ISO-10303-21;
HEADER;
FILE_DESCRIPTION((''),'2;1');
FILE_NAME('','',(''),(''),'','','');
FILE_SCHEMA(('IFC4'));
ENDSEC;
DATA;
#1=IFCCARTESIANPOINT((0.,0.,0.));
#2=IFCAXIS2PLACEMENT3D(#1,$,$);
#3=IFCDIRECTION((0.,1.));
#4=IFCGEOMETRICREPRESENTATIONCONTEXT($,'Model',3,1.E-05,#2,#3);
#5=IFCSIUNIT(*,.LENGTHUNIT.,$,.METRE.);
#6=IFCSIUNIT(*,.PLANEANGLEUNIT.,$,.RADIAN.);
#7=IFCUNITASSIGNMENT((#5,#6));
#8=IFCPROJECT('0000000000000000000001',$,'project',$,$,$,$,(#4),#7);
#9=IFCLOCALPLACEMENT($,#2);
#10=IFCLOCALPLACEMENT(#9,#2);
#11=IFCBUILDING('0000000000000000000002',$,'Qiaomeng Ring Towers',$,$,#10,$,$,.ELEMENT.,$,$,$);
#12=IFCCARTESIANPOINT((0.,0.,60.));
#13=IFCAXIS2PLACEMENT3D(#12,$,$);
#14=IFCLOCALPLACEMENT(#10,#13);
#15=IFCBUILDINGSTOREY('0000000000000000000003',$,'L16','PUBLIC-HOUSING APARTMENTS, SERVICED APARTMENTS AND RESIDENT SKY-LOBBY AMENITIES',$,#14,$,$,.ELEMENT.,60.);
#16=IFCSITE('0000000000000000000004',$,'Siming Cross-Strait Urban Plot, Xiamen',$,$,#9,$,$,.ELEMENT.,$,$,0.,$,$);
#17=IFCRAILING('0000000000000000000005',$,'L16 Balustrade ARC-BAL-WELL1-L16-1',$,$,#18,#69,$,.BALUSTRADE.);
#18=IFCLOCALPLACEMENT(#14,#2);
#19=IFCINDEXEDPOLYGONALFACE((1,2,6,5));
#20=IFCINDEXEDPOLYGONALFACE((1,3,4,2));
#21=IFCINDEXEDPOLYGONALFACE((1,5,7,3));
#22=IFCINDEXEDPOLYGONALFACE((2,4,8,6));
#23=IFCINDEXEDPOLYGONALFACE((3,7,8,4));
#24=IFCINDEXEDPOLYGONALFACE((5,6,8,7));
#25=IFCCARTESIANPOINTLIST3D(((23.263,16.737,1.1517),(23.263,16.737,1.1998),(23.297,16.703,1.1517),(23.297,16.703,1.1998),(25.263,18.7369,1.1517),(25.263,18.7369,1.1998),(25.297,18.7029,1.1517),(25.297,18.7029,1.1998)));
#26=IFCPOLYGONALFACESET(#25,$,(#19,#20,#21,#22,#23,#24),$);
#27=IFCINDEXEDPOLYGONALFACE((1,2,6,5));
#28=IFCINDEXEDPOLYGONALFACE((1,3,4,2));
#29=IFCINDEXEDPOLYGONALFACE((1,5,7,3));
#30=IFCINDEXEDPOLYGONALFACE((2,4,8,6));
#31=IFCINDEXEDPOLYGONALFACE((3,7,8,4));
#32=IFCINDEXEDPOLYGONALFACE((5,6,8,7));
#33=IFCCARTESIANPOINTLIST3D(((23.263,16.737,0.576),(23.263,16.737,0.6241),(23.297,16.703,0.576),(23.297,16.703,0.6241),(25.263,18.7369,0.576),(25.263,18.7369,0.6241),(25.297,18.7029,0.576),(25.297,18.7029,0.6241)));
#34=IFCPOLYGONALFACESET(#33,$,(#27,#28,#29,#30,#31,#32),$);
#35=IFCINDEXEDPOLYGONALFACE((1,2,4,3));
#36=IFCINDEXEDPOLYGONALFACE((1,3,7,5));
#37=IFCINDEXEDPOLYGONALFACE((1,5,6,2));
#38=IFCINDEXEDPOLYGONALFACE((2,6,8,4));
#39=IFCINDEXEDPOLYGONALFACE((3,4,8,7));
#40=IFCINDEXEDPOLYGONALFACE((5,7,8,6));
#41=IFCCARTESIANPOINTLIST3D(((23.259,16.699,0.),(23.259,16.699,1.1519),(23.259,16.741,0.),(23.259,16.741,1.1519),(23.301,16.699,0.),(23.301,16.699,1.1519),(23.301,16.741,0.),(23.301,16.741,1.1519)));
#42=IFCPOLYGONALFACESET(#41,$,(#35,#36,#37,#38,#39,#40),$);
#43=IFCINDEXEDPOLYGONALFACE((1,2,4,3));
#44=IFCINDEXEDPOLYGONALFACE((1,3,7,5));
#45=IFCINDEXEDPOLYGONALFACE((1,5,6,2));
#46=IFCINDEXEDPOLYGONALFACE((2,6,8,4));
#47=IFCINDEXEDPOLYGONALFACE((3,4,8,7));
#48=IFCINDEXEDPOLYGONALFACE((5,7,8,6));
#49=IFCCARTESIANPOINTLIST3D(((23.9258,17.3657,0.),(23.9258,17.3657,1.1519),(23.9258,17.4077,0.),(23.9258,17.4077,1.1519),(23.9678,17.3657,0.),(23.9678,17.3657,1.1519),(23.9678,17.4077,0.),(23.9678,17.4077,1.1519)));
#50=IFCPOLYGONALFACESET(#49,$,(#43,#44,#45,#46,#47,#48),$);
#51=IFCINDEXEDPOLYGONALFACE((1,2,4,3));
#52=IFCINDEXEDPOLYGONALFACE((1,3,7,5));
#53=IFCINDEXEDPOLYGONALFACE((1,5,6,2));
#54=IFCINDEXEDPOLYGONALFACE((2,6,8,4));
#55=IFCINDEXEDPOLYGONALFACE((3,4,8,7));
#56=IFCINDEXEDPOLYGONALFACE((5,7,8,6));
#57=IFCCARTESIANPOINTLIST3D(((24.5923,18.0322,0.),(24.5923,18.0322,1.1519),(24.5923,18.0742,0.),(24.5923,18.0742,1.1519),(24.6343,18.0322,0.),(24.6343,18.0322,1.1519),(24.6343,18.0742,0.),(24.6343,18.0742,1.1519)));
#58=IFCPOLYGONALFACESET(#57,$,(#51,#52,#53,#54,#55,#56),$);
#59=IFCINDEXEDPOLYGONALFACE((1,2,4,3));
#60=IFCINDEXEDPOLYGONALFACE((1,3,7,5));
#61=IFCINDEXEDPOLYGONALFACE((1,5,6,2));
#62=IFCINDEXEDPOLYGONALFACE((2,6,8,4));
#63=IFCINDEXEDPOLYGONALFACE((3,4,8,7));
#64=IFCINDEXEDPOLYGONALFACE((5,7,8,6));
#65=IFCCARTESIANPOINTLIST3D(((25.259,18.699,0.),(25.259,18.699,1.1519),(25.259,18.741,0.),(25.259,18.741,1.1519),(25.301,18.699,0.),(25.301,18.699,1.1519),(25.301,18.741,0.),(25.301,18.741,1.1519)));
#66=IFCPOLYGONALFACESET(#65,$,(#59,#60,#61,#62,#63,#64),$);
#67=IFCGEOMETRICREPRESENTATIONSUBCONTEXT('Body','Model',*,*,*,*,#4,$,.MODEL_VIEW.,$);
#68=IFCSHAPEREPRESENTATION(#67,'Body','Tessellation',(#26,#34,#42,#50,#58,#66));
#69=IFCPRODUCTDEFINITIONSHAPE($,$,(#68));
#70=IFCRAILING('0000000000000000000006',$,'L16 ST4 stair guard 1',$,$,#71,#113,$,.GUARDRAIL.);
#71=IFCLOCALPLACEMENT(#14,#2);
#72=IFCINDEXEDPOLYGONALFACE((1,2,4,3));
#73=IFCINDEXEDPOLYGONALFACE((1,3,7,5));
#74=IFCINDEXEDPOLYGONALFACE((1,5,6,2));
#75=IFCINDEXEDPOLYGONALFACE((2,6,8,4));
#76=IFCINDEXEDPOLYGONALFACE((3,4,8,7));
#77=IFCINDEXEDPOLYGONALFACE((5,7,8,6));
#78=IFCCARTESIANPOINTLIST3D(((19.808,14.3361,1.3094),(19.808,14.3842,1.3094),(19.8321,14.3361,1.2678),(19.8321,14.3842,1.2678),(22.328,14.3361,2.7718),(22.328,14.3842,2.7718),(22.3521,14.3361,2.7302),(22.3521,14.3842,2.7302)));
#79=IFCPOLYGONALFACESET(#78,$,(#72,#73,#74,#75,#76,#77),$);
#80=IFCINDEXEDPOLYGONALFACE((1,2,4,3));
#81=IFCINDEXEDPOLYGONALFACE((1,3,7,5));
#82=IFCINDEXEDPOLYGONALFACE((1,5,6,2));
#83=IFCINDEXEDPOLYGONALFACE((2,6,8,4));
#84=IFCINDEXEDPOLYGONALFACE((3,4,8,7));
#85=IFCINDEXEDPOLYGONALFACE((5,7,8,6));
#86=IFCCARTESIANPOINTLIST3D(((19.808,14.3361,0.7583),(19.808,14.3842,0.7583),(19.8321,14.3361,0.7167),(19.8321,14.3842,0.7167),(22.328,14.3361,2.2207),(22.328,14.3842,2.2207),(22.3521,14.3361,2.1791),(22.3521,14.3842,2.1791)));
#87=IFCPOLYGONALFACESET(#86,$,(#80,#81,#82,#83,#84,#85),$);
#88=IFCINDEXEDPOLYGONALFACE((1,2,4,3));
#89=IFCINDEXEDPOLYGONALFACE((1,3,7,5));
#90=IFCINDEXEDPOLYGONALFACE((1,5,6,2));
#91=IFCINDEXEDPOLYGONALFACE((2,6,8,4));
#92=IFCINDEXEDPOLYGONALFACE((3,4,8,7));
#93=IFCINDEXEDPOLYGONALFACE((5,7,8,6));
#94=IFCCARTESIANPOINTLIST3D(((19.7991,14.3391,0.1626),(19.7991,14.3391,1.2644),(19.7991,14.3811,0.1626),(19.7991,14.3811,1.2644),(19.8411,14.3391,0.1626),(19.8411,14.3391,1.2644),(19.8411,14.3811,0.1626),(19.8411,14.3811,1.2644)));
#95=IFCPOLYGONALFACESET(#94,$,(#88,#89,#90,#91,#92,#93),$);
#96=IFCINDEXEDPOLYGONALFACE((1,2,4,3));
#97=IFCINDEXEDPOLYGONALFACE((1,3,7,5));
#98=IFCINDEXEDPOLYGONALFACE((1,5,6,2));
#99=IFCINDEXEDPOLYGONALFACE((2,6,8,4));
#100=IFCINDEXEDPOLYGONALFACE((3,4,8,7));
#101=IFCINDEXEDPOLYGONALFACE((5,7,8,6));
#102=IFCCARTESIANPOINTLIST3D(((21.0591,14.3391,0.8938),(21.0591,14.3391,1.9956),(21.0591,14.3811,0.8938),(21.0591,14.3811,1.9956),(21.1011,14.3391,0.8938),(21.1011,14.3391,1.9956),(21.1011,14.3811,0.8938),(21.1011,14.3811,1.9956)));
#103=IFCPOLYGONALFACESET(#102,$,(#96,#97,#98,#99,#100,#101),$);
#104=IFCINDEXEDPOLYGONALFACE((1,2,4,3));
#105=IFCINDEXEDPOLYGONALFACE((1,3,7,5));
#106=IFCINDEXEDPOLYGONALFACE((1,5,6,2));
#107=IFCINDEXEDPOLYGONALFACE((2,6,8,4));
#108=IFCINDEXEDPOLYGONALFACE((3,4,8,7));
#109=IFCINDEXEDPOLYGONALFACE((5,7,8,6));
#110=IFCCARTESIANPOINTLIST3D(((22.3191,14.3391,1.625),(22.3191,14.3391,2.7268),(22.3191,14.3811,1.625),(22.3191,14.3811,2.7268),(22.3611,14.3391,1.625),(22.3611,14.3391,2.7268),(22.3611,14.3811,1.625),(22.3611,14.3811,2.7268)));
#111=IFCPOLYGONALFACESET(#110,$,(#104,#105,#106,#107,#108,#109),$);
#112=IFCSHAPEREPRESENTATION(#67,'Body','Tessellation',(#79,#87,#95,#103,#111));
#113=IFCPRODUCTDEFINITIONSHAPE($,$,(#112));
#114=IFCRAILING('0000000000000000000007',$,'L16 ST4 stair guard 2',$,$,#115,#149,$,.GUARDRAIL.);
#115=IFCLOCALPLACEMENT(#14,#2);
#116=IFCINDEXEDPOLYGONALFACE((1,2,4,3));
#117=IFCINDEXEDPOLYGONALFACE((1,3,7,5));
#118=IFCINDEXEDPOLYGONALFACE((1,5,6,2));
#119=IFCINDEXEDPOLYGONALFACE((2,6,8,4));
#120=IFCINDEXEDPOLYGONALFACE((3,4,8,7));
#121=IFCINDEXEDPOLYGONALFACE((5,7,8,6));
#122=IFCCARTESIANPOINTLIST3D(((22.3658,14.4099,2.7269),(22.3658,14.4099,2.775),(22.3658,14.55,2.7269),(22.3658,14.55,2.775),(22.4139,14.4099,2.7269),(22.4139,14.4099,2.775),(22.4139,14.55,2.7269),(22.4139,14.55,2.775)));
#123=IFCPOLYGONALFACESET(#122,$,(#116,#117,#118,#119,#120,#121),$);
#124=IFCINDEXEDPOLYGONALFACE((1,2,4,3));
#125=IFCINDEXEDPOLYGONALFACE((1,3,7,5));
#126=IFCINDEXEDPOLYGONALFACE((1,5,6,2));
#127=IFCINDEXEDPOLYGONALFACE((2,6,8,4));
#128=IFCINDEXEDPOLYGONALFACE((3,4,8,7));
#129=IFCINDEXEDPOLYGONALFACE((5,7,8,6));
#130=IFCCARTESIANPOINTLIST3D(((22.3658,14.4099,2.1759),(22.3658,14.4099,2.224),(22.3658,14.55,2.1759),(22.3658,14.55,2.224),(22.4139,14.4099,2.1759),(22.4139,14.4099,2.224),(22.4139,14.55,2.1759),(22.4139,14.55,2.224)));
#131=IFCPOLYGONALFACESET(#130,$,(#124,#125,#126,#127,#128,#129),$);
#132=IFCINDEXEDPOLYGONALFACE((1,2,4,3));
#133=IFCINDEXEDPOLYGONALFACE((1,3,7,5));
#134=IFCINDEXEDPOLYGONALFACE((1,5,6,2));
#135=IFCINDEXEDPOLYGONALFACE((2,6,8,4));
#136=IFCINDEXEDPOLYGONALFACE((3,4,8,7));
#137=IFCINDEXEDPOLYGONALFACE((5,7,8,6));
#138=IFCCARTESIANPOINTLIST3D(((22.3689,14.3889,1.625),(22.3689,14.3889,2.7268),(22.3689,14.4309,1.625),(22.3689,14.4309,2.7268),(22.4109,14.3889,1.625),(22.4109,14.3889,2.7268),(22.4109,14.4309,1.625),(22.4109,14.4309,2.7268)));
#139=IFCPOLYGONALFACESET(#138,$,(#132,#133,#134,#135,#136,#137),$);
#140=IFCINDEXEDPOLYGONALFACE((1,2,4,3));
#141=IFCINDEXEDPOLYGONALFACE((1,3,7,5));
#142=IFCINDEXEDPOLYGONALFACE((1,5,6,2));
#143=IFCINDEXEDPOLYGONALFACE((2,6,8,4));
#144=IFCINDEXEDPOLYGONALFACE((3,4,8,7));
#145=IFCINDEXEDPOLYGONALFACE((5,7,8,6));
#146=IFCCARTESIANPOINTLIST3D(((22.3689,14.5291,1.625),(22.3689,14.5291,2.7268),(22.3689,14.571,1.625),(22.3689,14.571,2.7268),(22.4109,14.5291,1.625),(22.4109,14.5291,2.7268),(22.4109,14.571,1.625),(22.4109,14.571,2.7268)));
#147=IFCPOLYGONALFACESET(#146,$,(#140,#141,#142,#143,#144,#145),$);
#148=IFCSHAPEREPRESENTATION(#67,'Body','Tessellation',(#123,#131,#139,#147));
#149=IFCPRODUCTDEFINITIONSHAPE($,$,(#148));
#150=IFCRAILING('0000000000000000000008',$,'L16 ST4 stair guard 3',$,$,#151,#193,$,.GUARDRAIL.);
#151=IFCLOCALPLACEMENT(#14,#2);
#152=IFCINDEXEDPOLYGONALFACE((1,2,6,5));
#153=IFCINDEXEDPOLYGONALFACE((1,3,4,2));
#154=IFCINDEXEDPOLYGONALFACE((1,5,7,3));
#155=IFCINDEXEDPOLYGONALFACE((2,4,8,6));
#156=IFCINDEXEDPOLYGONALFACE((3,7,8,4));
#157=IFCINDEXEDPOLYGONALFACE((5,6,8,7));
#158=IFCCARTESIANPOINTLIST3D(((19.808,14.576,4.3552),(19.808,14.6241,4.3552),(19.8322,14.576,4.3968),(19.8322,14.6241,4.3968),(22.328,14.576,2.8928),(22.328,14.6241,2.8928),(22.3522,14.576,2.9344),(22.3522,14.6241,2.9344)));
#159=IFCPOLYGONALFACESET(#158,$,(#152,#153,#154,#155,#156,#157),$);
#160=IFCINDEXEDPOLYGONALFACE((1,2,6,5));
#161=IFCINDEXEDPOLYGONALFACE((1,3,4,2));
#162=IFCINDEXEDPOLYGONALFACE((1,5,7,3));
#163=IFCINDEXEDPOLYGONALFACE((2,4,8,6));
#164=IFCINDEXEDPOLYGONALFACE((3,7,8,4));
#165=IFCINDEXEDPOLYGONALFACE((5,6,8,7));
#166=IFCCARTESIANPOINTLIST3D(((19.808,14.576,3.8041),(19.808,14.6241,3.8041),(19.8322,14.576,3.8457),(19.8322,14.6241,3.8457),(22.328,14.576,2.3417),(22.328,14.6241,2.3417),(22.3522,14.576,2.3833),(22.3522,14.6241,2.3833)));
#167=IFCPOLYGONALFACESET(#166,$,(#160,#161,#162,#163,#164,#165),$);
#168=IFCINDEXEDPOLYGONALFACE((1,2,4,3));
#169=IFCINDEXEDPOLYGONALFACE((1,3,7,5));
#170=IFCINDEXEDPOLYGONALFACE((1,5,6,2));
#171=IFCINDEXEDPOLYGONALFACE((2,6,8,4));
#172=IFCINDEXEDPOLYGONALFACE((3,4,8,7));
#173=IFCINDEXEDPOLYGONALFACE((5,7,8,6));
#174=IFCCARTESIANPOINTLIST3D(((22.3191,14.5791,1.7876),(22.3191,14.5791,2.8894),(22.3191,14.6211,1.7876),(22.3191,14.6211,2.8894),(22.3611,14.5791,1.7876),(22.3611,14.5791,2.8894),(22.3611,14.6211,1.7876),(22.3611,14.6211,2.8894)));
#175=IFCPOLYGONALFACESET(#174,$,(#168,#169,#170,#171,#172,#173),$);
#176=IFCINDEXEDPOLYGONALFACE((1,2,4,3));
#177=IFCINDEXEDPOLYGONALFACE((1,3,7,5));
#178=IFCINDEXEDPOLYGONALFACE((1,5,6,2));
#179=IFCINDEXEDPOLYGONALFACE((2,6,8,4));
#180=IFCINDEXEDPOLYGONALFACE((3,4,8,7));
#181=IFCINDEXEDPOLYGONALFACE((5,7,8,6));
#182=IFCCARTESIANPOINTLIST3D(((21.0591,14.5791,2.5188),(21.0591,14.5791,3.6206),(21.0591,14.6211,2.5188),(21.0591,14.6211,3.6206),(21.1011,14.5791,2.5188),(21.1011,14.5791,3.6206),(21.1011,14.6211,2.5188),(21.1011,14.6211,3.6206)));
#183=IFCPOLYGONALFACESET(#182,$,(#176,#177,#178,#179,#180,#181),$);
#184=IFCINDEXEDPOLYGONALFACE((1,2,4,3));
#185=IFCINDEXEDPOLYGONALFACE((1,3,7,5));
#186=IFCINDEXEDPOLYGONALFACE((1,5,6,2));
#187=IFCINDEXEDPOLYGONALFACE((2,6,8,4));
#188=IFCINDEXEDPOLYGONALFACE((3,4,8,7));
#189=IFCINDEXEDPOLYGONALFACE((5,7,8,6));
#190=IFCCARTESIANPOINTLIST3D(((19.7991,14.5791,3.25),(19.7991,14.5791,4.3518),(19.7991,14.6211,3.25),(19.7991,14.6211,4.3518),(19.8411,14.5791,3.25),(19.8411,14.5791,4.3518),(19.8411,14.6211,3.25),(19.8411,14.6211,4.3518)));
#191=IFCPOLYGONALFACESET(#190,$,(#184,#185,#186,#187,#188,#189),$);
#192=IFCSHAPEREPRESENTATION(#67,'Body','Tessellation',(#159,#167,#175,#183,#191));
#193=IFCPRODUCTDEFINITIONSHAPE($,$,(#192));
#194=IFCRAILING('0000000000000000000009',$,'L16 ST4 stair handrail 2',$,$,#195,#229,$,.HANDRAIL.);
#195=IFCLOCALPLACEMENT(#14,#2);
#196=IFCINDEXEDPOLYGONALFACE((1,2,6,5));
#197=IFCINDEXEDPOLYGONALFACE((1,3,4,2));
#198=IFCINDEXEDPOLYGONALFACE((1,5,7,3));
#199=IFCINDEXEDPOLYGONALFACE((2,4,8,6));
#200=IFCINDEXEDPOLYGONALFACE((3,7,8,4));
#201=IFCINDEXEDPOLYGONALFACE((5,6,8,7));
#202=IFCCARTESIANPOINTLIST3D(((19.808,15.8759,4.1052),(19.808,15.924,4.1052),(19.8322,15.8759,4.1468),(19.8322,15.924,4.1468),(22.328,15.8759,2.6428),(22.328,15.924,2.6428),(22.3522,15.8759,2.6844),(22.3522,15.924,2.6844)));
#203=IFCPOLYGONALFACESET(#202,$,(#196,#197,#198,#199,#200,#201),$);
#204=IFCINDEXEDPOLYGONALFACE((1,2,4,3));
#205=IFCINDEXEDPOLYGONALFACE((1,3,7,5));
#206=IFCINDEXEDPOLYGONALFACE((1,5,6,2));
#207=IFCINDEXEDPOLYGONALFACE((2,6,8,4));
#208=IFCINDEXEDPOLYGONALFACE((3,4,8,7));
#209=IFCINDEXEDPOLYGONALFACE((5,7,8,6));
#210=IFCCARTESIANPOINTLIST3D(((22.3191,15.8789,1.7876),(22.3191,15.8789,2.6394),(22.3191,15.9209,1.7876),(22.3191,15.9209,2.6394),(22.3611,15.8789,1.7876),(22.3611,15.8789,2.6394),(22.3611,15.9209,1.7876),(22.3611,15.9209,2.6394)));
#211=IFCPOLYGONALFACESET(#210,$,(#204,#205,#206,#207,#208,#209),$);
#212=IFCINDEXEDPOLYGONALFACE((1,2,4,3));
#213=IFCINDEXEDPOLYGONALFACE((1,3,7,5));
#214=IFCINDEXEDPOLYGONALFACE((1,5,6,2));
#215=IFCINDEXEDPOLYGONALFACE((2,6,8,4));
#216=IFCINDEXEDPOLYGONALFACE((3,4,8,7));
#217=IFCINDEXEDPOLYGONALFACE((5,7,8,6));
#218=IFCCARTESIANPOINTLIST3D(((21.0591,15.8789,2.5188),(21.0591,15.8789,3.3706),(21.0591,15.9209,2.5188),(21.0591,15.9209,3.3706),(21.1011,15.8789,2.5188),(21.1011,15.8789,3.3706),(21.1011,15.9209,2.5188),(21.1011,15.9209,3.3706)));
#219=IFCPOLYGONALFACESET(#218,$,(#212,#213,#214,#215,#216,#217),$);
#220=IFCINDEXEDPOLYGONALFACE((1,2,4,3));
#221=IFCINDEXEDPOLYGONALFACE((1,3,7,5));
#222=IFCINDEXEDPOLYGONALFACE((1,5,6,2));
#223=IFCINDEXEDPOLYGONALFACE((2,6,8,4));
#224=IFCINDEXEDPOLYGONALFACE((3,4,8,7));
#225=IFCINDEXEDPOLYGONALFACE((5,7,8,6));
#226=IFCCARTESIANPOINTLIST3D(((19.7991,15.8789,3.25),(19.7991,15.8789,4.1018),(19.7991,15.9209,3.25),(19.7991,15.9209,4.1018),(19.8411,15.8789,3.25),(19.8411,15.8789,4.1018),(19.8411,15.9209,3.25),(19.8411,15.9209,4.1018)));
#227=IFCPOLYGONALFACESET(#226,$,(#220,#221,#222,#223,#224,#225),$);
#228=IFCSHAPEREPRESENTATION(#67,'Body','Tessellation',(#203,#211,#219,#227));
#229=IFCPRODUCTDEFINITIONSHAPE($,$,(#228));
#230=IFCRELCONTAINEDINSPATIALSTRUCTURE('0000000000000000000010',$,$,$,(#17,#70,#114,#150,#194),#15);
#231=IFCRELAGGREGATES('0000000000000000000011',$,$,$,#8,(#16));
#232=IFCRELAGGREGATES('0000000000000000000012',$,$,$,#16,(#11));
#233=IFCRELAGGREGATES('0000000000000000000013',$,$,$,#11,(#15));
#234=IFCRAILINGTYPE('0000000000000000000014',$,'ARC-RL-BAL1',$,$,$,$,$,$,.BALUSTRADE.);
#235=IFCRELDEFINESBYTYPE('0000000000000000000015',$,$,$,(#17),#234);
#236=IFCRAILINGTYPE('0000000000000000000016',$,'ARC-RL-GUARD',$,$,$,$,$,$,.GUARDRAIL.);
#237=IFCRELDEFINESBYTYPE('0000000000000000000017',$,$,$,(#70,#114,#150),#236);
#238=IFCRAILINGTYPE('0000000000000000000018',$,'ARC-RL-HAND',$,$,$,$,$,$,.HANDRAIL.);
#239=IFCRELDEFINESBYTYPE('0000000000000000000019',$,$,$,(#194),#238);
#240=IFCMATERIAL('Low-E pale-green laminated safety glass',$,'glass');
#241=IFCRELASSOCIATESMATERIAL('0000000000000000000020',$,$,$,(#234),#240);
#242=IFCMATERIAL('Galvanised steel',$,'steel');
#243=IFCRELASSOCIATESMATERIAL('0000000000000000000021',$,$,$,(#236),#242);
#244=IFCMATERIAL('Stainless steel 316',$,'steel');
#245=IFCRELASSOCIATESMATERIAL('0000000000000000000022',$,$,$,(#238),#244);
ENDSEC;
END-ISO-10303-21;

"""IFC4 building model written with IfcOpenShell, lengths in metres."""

from ifc_helpers import new_model, si_unit, direction, frame, origin, origin_2d, place, context, subcontext, project, spatial, rectangle, extrude, material, type_object, element, save


model = new_model("IFC4")

# Units and contexts
model_context = context("Model", 3, precision=1e-05, world=origin(), true_north=direction((0.0, 1.0)))
body_context = subcontext(model_context, "Body", "Model", "MODEL_VIEW")
ifc_project = project(units=[si_unit("LENGTHUNIT", "METRE"), si_unit("PLANEANGLEUNIT", "RADIAN")], contexts=[model_context])

# Site, building, storey
site_placement = place(None, origin())
site = spatial("IfcSite", under=ifc_project, at=site_placement, Name="Siming Cross-Strait Urban Plot, Xiamen", CompositionType="ELEMENT", RefElevation=0.0)
building_placement = place(site_placement, origin())
building = spatial("IfcBuilding", under=site, at=building_placement, Name="Qiaomeng Ring Towers", CompositionType="ELEMENT")
storey_placement = place(building_placement, frame((0.0, 0.0, 60.0)))
storey = spatial("IfcBuildingStorey", under=building, at=storey_placement, Name="L16", Description="PUBLIC-HOUSING APARTMENTS, SERVICED APARTMENTS AND RESIDENT SKY-LOBBY AMENITIES", CompositionType="ELEMENT", Elevation=60.0)

# Shared definitions
ifc_material_1 = material(Name="Galvanised steel", Category="steel")

# Shared definitions
ifc_material_2 = material(Name="Stainless steel 316", Category="steel")

# Railings
ifc_material_3 = material(Name="Low-E pale-green laminated safety glass", Category="glass")
railing_type_1 = type_object("IfcRailingType", Name="ARC-RL-BAL1", PredefinedType="BALUSTRADE", material=ifc_material_3)
railing_1_placement = place(storey_placement, frame((23.28, 16.72, 0.0)))
element("IfcRailing", 1, at=railing_1_placement, inside=storey, type_object=railing_type_1, Name="L16 Balustrade ARC-BAL-WELL1-L16-1", PredefinedType="BALUSTRADE", context=body_context, shape_type="SweptSolid", body=[
    extrude(rectangle(XDim=0.0481, YDim=0.0481, at=origin_2d()), frame((0.0, 0.0, 1.1758), z_axis=(0.707107, 0.707107, 0.0), x_axis=(-0.707107, 0.707107, 0.0)), (0.0, 0.0, 1.0), 2.8284),
    extrude(rectangle(XDim=0.0481, YDim=0.0481, at=origin_2d()), frame((0.0, 0.0, 0.6001), z_axis=(0.707107, 0.707107, 0.0), x_axis=(-0.707107, 0.707107, 0.0)), (0.0, 0.0, 1.0), 2.8284),
    extrude(rectangle(XDim=0.042, YDim=0.042, at=origin_2d()), origin(), (0.0, 0.0, 1.0), 1.1519),
    extrude(rectangle(XDim=0.042, YDim=0.042, at=origin_2d()), frame((0.6667, 0.6667, 0.0)), (0.0, 0.0, 1.0), 1.1519),
    extrude(rectangle(XDim=0.042, YDim=0.042, at=origin_2d()), frame((1.3333, 1.3333, 0.0)), (0.0, 0.0, 1.0), 1.1519),
    extrude(rectangle(XDim=0.042, YDim=0.042, at=origin_2d()), frame((2.0, 2.0, 0.0)), (0.0, 0.0, 1.0), 1.1519),
])
railing_type_2 = type_object("IfcRailingType", Name="ARC-RL-GUARD", PredefinedType="GUARDRAIL", material=ifc_material_1)
railing_2_placement = place(storey_placement, frame((19.8201, 14.3601, 0.1626)))
element("IfcRailing", 2, at=railing_2_placement, inside=storey, type_object=railing_type_2, Name="L16 ST4 stair guard 1", PredefinedType="GUARDRAIL", context=body_context, shape_type="SweptSolid", body=[
    extrude(rectangle(XDim=0.0481, YDim=0.0481, at=origin_2d()), frame((0.0, 0.0, 1.126), z_axis=(0.864913, 0.0, 0.501921), x_axis=(0.0, 1.0, 0.0)), (0.0, 0.0, 1.0), 2.9136),
    extrude(rectangle(XDim=0.0481, YDim=0.0481, at=origin_2d()), frame((0.0, 0.0, 0.575), z_axis=(0.864913, 0.0, 0.501921), x_axis=(0.0, 1.0, 0.0)), (0.0, 0.0, 1.0), 2.9136),
    extrude(rectangle(XDim=0.042, YDim=0.042, at=origin_2d()), origin(), (0.0, 0.0, 1.0), 1.1018),
    extrude(rectangle(XDim=0.042, YDim=0.042, at=origin_2d()), frame((1.26, 0.0, 0.7312)), (0.0, 0.0, 1.0), 1.1018),
    extrude(rectangle(XDim=0.042, YDim=0.042, at=origin_2d()), frame((2.52, 0.0, 1.4624)), (0.0, 0.0, 1.0), 1.1018),
])
railing_3_placement = place(storey_placement, frame((22.3899, 14.4099, 1.625)))
element("IfcRailing", 3, at=railing_3_placement, inside=storey, type_object=railing_type_2, Name="L16 ST4 stair guard 2", PredefinedType="GUARDRAIL", context=body_context, shape_type="SweptSolid", body=[
    extrude(rectangle(XDim=0.0481, YDim=0.0481, at=origin_2d()), frame((0.0, 0.0, 1.126), z_axis=(0.0, 1.0, 0.0), x_axis=(-1.0, 0.0, 0.0)), (0.0, 0.0, 1.0), 0.1401),
    extrude(rectangle(XDim=0.0481, YDim=0.0481, at=origin_2d()), frame((0.0, 0.0, 0.575), z_axis=(0.0, 1.0, 0.0), x_axis=(-1.0, 0.0, 0.0)), (0.0, 0.0, 1.0), 0.1401),
    extrude(rectangle(XDim=0.042, YDim=0.042, at=origin_2d()), origin(), (0.0, 0.0, 1.0), 1.1018),
    extrude(rectangle(XDim=0.042, YDim=0.042, at=origin_2d()), frame((0.0, 0.1401, 0.0)), (0.0, 0.0, 1.0), 1.1018),
])
railing_4_placement = place(storey_placement, frame((22.3401, 14.6001, 1.7876)))
element("IfcRailing", 4, at=railing_4_placement, inside=storey, type_object=railing_type_2, Name="L16 ST4 stair guard 3", PredefinedType="GUARDRAIL", context=body_context, shape_type="SweptSolid", body=[
    extrude(rectangle(XDim=0.0481, YDim=0.0481, at=origin_2d()), frame((0.0, 0.0, 1.126), z_axis=(-0.864913, 0.0, 0.501921), x_axis=(0.0, -1.0, 0.0)), (0.0, 0.0, 1.0), 2.9136),
    extrude(rectangle(XDim=0.0481, YDim=0.0481, at=origin_2d()), frame((0.0, 0.0, 0.575), z_axis=(-0.864913, 0.0, 0.501921), x_axis=(0.0, -1.0, 0.0)), (0.0, 0.0, 1.0), 2.9136),
    extrude(rectangle(XDim=0.042, YDim=0.042, at=origin_2d()), origin(), (0.0, 0.0, 1.0), 1.1018),
    extrude(rectangle(XDim=0.042, YDim=0.042, at=origin_2d()), frame((-1.26, 0.0, 0.7312)), (0.0, 0.0, 1.0), 1.1018),
    extrude(rectangle(XDim=0.042, YDim=0.042, at=origin_2d()), frame((-2.52, 0.0, 1.4624)), (0.0, 0.0, 1.0), 1.1018),
])
railing_type_3 = type_object("IfcRailingType", Name="ARC-RL-HAND", PredefinedType="HANDRAIL", material=ifc_material_2)
railing_5_placement = place(storey_placement, frame((22.3401, 15.8999, 1.7876)))
element("IfcRailing", 5, at=railing_5_placement, inside=storey, type_object=railing_type_3, Name="L16 ST4 stair handrail 2", PredefinedType="HANDRAIL", context=body_context, shape_type="SweptSolid", body=[
    extrude(rectangle(XDim=0.0481, YDim=0.0481, at=origin_2d()), frame((0.0, 0.0, 0.876), z_axis=(-0.864913, 0.0, 0.501921), x_axis=(0.0, -1.0, 0.0)), (0.0, 0.0, 1.0), 2.9136),
    extrude(rectangle(XDim=0.042, YDim=0.042, at=origin_2d()), origin(), (0.0, 0.0, 1.0), 0.8518),
    extrude(rectangle(XDim=0.042, YDim=0.042, at=origin_2d()), frame((-1.26, 0.0, 0.7312)), (0.0, 0.0, 1.0), 0.8518),
    extrude(rectangle(XDim=0.042, YDim=0.042, at=origin_2d()), frame((-2.52, 0.0, 1.4624)), (0.0, 0.0, 1.0), 0.8518),
])

save(model, "model.ifc")
